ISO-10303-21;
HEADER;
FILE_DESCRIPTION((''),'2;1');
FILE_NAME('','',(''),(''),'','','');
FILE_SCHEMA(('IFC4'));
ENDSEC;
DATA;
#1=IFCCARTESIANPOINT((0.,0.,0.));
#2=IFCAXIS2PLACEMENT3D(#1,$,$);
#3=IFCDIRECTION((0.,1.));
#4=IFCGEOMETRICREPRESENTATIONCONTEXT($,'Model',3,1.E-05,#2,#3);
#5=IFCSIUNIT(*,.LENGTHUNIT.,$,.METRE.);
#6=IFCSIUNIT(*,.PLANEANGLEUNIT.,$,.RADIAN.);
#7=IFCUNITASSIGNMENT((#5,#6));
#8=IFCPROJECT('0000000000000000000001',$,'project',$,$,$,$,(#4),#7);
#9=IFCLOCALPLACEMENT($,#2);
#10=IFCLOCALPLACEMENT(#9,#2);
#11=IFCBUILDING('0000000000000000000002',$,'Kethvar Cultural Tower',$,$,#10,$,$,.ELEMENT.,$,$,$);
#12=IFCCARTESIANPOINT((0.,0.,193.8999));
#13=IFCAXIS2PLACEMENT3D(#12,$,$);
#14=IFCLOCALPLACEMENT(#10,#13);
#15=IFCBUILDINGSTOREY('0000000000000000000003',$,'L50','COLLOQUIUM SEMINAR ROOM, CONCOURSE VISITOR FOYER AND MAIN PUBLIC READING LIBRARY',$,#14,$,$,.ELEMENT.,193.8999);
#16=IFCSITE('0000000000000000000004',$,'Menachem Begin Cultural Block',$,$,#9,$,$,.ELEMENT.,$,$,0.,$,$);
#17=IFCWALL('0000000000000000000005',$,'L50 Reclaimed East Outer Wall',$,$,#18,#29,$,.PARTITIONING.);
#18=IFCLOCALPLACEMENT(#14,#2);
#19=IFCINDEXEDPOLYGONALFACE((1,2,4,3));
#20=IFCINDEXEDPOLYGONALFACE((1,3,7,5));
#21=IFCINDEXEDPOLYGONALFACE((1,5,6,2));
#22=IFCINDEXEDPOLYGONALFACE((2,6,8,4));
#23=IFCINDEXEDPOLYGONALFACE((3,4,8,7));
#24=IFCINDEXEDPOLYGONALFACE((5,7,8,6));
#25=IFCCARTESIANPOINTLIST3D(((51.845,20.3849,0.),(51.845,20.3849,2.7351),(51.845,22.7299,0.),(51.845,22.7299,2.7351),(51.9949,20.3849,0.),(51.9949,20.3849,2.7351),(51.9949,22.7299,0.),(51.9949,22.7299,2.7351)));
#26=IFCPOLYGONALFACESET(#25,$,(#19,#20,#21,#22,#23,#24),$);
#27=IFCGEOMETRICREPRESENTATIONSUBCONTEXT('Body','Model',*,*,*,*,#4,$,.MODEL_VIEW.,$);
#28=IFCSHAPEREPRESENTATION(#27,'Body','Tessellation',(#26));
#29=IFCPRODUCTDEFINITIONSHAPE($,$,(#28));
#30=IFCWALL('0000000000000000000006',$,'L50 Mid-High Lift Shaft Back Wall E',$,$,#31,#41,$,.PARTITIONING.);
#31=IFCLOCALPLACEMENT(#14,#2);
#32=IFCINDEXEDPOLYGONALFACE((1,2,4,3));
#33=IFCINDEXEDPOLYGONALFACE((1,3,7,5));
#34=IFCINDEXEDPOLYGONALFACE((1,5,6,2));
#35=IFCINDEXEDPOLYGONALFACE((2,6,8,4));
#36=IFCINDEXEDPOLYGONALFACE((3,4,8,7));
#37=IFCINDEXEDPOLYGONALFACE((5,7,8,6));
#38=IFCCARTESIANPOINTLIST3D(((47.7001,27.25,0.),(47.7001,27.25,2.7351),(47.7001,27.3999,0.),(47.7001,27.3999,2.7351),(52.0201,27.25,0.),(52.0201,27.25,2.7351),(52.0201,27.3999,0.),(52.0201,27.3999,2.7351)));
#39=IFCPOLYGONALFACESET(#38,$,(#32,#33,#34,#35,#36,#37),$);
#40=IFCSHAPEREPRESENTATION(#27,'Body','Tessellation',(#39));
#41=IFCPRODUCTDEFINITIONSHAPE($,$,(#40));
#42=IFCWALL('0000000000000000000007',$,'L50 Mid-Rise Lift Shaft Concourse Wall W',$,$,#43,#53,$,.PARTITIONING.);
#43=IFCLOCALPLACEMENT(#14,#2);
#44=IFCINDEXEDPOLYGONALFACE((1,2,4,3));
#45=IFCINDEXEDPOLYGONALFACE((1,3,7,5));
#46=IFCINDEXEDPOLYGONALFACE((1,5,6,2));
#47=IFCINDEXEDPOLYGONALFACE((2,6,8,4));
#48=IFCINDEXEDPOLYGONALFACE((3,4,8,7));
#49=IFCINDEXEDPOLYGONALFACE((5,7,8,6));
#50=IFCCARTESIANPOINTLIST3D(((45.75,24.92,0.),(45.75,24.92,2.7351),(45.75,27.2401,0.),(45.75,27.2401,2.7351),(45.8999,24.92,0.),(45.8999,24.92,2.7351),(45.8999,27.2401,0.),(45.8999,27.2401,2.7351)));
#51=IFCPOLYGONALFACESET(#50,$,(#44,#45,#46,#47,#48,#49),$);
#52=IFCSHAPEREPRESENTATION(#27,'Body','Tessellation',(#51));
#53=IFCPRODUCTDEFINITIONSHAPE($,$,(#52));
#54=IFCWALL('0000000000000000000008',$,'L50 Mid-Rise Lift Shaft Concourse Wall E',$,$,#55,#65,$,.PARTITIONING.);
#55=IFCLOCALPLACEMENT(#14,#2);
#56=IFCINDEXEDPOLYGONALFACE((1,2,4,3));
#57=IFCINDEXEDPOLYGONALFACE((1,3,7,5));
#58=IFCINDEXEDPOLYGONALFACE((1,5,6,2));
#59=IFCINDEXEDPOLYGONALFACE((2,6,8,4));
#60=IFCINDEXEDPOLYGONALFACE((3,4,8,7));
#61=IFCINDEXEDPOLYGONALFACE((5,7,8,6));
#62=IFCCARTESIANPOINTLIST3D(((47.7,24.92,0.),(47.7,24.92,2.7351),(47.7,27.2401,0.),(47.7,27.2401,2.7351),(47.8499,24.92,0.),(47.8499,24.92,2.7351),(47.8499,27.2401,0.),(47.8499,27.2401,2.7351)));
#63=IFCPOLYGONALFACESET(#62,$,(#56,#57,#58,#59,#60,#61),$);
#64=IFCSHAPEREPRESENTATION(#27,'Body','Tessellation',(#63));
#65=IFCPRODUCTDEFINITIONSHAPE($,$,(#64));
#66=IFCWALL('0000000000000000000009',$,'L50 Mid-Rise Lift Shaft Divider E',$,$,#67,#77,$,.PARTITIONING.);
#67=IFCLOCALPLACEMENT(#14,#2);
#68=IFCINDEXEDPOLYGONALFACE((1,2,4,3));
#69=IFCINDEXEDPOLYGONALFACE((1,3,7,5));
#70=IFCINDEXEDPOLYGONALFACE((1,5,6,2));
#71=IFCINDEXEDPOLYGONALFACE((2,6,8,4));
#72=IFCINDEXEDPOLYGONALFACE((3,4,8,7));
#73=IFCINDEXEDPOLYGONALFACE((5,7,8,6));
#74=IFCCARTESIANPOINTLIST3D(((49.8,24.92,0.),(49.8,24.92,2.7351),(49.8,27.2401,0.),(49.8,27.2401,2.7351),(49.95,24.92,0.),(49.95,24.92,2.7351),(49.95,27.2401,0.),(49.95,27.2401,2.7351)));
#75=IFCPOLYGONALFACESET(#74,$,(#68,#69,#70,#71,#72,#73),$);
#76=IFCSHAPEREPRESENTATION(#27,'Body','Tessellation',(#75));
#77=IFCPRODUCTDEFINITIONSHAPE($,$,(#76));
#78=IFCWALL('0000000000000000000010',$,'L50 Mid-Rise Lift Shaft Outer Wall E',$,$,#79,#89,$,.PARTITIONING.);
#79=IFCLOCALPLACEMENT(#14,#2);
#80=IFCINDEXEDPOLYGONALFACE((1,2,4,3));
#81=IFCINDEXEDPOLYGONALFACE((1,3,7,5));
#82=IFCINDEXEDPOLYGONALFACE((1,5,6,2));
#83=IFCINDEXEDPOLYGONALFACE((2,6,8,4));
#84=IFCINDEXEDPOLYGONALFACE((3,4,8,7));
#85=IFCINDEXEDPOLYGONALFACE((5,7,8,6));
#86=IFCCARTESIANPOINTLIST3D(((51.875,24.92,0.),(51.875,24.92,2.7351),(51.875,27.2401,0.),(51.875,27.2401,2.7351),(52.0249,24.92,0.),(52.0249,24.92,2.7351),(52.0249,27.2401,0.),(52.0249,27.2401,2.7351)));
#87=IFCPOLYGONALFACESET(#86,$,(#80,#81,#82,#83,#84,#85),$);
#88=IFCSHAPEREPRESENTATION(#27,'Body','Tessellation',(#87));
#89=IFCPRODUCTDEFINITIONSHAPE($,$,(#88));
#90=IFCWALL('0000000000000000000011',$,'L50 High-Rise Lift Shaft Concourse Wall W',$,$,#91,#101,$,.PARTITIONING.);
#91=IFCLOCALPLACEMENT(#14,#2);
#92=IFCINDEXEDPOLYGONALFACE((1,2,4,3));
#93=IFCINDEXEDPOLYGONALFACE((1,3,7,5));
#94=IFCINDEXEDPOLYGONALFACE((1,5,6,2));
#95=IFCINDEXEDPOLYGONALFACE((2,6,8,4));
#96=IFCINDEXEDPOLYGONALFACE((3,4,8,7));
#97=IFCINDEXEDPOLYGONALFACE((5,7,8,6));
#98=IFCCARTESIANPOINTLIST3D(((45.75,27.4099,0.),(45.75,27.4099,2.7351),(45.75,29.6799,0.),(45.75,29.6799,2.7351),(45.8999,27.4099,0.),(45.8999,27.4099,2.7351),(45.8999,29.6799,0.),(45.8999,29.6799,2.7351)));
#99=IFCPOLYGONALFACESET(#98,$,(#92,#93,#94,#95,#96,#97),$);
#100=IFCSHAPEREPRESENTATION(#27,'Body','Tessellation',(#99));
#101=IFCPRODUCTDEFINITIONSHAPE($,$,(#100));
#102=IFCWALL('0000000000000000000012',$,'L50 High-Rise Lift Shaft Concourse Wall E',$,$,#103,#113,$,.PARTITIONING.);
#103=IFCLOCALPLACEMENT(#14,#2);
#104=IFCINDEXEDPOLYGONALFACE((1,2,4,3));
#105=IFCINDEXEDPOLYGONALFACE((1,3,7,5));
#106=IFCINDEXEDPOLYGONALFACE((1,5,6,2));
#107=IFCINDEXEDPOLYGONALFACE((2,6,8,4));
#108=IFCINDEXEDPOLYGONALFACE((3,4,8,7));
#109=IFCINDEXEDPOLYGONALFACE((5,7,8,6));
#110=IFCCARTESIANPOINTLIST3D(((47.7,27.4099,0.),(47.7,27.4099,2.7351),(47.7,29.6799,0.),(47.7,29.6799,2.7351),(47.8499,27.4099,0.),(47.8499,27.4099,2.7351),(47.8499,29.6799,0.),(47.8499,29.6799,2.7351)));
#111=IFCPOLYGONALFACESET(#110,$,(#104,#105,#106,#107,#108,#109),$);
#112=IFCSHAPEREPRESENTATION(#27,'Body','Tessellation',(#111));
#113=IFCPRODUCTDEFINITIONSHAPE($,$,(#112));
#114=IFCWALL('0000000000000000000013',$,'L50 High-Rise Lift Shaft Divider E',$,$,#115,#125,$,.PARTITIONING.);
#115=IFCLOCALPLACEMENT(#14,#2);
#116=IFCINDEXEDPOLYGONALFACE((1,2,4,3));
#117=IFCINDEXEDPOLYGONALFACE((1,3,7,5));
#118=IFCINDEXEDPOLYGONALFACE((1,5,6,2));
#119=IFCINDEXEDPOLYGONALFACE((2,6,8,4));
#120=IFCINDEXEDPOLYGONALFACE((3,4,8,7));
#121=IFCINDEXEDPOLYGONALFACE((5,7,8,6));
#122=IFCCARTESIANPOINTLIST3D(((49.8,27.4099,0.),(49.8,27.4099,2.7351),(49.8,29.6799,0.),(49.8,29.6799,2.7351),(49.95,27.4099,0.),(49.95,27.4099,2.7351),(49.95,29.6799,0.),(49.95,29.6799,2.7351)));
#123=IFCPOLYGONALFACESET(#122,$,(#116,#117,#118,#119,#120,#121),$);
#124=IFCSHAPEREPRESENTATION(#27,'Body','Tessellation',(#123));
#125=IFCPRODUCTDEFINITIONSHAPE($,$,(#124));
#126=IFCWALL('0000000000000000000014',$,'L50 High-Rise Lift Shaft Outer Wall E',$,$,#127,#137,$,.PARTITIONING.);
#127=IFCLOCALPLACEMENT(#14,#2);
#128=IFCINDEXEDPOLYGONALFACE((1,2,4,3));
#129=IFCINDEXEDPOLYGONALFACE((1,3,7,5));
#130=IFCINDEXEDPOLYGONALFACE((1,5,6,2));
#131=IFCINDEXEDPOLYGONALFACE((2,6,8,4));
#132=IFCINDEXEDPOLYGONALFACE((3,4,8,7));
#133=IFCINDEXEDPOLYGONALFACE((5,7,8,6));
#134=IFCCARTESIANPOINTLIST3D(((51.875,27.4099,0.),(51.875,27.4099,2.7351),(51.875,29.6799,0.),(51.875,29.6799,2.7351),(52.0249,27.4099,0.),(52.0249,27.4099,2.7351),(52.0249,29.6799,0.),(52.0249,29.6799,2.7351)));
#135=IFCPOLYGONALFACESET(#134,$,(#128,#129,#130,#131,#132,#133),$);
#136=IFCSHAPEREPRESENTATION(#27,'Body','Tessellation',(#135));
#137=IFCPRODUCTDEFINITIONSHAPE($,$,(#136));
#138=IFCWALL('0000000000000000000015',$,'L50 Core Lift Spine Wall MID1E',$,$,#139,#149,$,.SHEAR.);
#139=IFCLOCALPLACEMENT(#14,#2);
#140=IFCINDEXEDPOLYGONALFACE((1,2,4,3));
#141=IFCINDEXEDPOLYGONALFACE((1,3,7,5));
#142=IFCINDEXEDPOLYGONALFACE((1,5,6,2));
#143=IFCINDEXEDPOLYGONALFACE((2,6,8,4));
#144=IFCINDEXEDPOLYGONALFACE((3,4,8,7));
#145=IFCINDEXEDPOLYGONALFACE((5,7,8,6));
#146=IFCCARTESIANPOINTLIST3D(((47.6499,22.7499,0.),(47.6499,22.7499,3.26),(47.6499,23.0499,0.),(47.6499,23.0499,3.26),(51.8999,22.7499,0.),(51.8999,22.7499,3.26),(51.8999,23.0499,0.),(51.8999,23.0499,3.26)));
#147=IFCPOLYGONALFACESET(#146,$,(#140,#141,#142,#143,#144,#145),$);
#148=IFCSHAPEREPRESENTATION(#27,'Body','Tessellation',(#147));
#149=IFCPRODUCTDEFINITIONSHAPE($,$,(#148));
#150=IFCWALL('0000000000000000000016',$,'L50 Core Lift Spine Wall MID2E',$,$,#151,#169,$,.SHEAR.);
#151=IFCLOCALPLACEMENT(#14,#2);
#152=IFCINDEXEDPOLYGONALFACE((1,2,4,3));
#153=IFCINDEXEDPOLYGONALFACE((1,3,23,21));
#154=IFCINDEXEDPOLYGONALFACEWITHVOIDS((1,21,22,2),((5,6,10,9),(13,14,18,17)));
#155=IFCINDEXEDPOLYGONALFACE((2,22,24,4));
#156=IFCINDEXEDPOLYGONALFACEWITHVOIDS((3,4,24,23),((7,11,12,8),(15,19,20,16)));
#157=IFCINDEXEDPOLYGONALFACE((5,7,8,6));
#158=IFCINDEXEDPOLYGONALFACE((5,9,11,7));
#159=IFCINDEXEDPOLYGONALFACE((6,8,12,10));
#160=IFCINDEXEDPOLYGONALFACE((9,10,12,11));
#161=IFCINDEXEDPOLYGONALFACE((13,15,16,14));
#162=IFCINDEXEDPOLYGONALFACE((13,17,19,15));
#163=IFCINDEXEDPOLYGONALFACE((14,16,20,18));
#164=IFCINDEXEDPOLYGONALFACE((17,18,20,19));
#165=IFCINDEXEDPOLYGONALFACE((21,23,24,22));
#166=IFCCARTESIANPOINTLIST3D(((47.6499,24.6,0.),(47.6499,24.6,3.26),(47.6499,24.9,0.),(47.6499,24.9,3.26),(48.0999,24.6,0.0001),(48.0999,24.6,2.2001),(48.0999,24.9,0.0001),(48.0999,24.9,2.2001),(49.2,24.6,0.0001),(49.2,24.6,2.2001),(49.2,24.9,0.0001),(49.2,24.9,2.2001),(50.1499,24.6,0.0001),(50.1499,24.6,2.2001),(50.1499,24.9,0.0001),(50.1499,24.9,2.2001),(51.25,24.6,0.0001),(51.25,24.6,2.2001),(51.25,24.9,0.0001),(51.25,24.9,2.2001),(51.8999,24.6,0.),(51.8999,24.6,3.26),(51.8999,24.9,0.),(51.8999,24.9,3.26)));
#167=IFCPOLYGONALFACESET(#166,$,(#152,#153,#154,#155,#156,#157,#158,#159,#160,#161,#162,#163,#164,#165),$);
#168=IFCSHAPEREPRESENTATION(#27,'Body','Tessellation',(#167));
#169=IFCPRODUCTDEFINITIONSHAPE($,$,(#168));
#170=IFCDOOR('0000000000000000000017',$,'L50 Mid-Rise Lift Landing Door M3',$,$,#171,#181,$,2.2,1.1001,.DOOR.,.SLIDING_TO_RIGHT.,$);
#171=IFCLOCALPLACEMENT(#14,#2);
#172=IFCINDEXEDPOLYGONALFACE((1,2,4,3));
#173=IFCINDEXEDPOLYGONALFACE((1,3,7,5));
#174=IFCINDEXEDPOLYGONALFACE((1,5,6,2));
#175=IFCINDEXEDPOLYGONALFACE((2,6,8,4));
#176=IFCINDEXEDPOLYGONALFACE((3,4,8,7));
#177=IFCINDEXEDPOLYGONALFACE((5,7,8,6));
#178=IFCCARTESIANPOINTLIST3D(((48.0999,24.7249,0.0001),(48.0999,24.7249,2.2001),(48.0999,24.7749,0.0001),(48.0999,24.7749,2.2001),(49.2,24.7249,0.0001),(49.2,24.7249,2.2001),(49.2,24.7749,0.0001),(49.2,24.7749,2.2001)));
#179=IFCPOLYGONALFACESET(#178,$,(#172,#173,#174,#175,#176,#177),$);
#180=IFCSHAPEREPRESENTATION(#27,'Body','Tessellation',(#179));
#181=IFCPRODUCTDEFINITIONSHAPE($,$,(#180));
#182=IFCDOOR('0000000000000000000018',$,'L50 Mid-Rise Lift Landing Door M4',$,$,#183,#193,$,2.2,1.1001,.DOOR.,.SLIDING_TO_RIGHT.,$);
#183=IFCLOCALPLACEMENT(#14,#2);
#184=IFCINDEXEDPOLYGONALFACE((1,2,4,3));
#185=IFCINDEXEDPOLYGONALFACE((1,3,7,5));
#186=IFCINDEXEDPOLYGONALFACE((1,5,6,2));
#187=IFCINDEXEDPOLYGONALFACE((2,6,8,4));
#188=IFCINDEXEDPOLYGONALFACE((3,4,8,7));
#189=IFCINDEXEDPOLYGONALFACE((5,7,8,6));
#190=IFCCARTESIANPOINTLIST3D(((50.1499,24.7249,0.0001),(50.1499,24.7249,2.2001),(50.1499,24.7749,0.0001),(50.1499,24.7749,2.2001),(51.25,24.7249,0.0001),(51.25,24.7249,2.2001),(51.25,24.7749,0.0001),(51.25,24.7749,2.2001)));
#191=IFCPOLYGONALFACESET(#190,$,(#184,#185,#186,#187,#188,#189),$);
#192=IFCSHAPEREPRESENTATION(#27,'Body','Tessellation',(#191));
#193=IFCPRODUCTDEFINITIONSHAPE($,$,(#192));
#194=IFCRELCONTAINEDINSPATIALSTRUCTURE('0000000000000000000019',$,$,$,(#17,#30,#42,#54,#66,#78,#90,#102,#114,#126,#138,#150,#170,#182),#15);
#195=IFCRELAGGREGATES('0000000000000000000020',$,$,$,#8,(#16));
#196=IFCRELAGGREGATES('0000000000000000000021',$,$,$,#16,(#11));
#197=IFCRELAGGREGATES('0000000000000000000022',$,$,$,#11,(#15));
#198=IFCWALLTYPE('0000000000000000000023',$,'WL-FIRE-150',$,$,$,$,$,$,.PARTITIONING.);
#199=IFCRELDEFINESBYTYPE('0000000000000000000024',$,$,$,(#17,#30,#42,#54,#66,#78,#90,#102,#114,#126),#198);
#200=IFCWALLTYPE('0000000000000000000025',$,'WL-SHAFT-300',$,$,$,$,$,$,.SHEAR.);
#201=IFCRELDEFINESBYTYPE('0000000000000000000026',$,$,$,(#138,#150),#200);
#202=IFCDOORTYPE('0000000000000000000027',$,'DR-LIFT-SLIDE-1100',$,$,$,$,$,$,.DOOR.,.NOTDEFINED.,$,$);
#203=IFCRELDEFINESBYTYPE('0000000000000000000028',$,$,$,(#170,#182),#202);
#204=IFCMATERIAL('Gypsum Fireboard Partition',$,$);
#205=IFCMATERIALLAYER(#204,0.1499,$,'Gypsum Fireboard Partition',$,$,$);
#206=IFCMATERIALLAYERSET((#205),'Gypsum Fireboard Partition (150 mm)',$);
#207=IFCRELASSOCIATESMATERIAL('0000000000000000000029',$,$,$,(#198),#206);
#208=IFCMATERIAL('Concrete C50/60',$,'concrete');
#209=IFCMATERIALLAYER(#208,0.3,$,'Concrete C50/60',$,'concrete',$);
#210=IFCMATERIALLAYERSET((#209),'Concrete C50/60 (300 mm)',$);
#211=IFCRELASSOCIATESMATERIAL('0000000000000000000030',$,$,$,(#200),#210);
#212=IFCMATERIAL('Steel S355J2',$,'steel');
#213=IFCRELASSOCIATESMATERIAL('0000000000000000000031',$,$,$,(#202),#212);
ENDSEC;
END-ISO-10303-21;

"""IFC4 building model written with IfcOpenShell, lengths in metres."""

from ifc_helpers import new_model, si_unit, direction, frame, frame_2d, origin, place, context, subcontext, project, spatial, rectangle, extrude, source, transform, mapped, material, layer, layer_set, type_object, element, fill, save


model = new_model("IFC4")

# Units and contexts
model_context = context("Model", 3, precision=1e-05, world=origin(), true_north=direction((0.0, 1.0)))
body_context = subcontext(model_context, "Body", "Model", "MODEL_VIEW")
ifc_project = project(units=[si_unit("LENGTHUNIT", "METRE"), si_unit("PLANEANGLEUNIT", "RADIAN")], contexts=[model_context])

# Site, building, storey
site_placement = place(None, origin())
site = spatial("IfcSite", under=ifc_project, at=site_placement, Name="Menachem Begin Cultural Block", CompositionType="ELEMENT", RefElevation=0.0)
building_placement = place(site_placement, origin())
building = spatial("IfcBuilding", under=site, at=building_placement, Name="Kethvar Cultural Tower", CompositionType="ELEMENT")
storey_placement = place(building_placement, frame((0.0, 0.0, 193.8999)))
storey = spatial("IfcBuildingStorey", under=building, at=storey_placement, Name="L50", Description="COLLOQUIUM SEMINAR ROOM, CONCOURSE VISITOR FOYER AND MAIN PUBLIC READING LIBRARY", CompositionType="ELEMENT", Elevation=193.8999)

# Shared definitions
ifc_material_1 = material(Name="Steel S355J2", Category="steel")

# Wall
ifc_material_2 = material(Name="Gypsum Fireboard Partition")
ifc_layer_1 = layer(ifc_material_2, 0.1499, Name="Gypsum Fireboard Partition")
ifc_layer_set_1 = layer_set([ifc_layer_1], Name="Gypsum Fireboard Partition (150 mm)")
wall_type_1 = type_object("IfcWallType", Name="WL-FIRE-150", PredefinedType="PARTITIONING", material=ifc_layer_set_1)
wall_1_placement = place(storey_placement, frame((51.9199, 20.385, 0.0), z_axis=(0.0, 0.0, 1.0), x_axis=(0.0, 1.0, 0.0)))
element("IfcWall", 1, at=wall_1_placement, inside=storey, type_object=wall_type_1, Name="L50 Reclaimed East Outer Wall", PredefinedType="PARTITIONING", context=body_context, shape_type="SweptSolid", body=[
    extrude(rectangle(XDim=2.345, YDim=0.1499, at=frame_2d((1.1724, 0.0))), origin(), (0.0, 0.0, 1.0), 2.7351),
])

# Walls
wall_2_placement = place(storey_placement, frame((47.7, 27.325, 0.0), z_axis=(0.0, 0.0, 1.0), x_axis=(1.0, 0.0, 0.0)))
element("IfcWall", 2, at=wall_2_placement, inside=storey, type_object=wall_type_1, Name="L50 Mid-High Lift Shaft Back Wall E", PredefinedType="PARTITIONING", context=body_context, shape_type="SweptSolid", body=[
    extrude(rectangle(XDim=4.3201, YDim=0.1499, at=frame_2d((2.1602, 0.0))), origin(), (0.0, 0.0, 1.0), 2.7351),
])
for number, where, z_axis, x_axis, name in (
    (3, (45.825, 24.9199, 0.0), (0.0, 0.0, 1.0), (0.0, 1.0, 0.0), "L50 Mid-Rise Lift Shaft Concourse Wall W"),
    (4, (47.7749, 24.9199, 0.0), (0.0, 0.0, 1.0), (0.0, 1.0, 0.0), "L50 Mid-Rise Lift Shaft Concourse Wall E"),
    (5, (49.875, 24.9199, 0.0), (0.0, 0.0, 1.0), (0.0, 1.0, 0.0), "L50 Mid-Rise Lift Shaft Divider E"),
    (6, (51.95, 24.9199, 0.0), (0.0, 0.0, 1.0), (0.0, 1.0, 0.0), "L50 Mid-Rise Lift Shaft Outer Wall E"),
):
    element("IfcWall", number, at=place(storey_placement, frame(where, z_axis=z_axis, x_axis=x_axis)), inside=storey, type_object=wall_type_1, Name=name, PredefinedType="PARTITIONING", context=body_context, shape_type="SweptSolid", body=[
        extrude(rectangle(XDim=2.3201, YDim=0.1499, at=frame_2d((1.1602, 0.0))), origin(), (0.0, 0.0, 1.0), 2.7351),
    ])
for number, where, z_axis, x_axis, name in (
    (7, (45.825, 27.4099, 0.0), (0.0, 0.0, 1.0), (0.0, 1.0, 0.0), "L50 High-Rise Lift Shaft Concourse Wall W"),
    (8, (47.7749, 27.4099, 0.0), (0.0, 0.0, 1.0), (0.0, 1.0, 0.0), "L50 High-Rise Lift Shaft Concourse Wall E"),
    (9, (49.875, 27.4099, 0.0), (0.0, 0.0, 1.0), (0.0, 1.0, 0.0), "L50 High-Rise Lift Shaft Divider E"),
    (10, (51.95, 27.4099, 0.0), (0.0, 0.0, 1.0), (0.0, 1.0, 0.0), "L50 High-Rise Lift Shaft Outer Wall E"),
):
    element("IfcWall", number, at=place(storey_placement, frame(where, z_axis=z_axis, x_axis=x_axis)), inside=storey, type_object=wall_type_1, Name=name, PredefinedType="PARTITIONING", context=body_context, shape_type="SweptSolid", body=[
        extrude(rectangle(XDim=2.27, YDim=0.1499, at=frame_2d((1.135, 0.0))), origin(), (0.0, 0.0, 1.0), 2.7351),
    ])
ifc_material_3 = material(Name="Concrete C50/60", Category="concrete")
ifc_layer_2 = layer(ifc_material_3, 0.3, Name="Concrete C50/60", Category="concrete")
ifc_layer_set_2 = layer_set([ifc_layer_2], Name="Concrete C50/60 (300 mm)")
wall_type_2 = type_object("IfcWallType", Name="WL-SHAFT-300", PredefinedType="SHEAR", material=ifc_layer_set_2)
wall_3_placement = place(storey_placement, frame((47.6499, 22.8999, 0.0), z_axis=(0.0, 0.0, 1.0), x_axis=(1.0, 0.0, 0.0)))
element("IfcWall", 11, at=wall_3_placement, inside=storey, type_object=wall_type_2, Name="L50 Core Lift Spine Wall MID1E", PredefinedType="SHEAR", context=body_context, shape_type="SweptSolid", body=[
    extrude(rectangle(XDim=4.25, YDim=0.3, at=frame_2d((2.125, 0.0))), origin(), (0.0, 0.0, 1.0), 3.26),
])

# Wall, openings, doors
wall_4_placement = place(storey_placement, frame((47.6499, 24.75, 0.0), z_axis=(0.0, 0.0, 1.0), x_axis=(1.0, 0.0, 0.0)))
wall_4 = element("IfcWall", 12, at=wall_4_placement, inside=storey, type_object=wall_type_2, Name="L50 Core Lift Spine Wall MID2E", PredefinedType="SHEAR", context=body_context, shape_type="SweptSolid", body=[
    extrude(rectangle(XDim=4.25, YDim=0.3, at=frame_2d((2.125, 0.0))), origin(), (0.0, 0.0, 1.0), 3.26),
])
opening_1_placement = place(wall_4_placement, frame((0.45, 0.0, 0.0)))
opening_1 = element("IfcOpeningElement", 13, at=opening_1_placement, cuts=wall_4, PredefinedType="OPENING", context=body_context, shape_type="SweptSolid", body=[
    extrude(rectangle(XDim=1.1001, YDim=2.2, at=frame_2d((0.55, 1.1001))), frame((0.0, 0.1599, 0.0), z_axis=(0.0, -1.0, 0.0), x_axis=(1.0, 0.0, 0.0)), (0.0, 0.0, 1.0), 0.3201),
])
opening_2_placement = place(wall_4_placement, frame((2.5, 0.0, 0.0)))
opening_2 = element("IfcOpeningElement", 14, at=opening_2_placement, cuts=wall_4, PredefinedType="OPENING", context=body_context, shape_type="SweptSolid", body=[
    extrude(rectangle(XDim=1.1001, YDim=2.2, at=frame_2d((0.55, 1.1001))), frame((0.0, 0.1599, 0.0), z_axis=(0.0, -1.0, 0.0), x_axis=(1.0, 0.0, 0.0)), (0.0, 0.0, 1.0), 0.3201),
])
door_type_1 = type_object("IfcDoorType", Name="DR-LIFT-SLIDE-1100", OperationType="NOTDEFINED", PredefinedType="DOOR", material=ifc_material_1)
shared_shape_1 = source(origin(), body_context, "Body", "SweptSolid", [
    extrude(rectangle(XDim=1.1001, YDim=2.2, at=frame_2d((0.55, 1.1001))), frame((0.0, 0.0249, 0.0), z_axis=(0.0, -1.0, 0.0), x_axis=(1.0, 0.0, 0.0)), (0.0, 0.0, 1.0), 0.05),
])
door_1_placement = place(opening_1_placement, origin())
door_1 = element("IfcDoor", 15, at=door_1_placement, inside=storey, type_object=door_type_1, Name="L50 Mid-Rise Lift Landing Door M3", OperationType="SLIDING_TO_RIGHT", OverallHeight=2.2, OverallWidth=1.1001, PredefinedType="DOOR", context=body_context, shape_type="MappedRepresentation", body=[
    mapped(shared_shape_1, transform((0.0, 0.0, 0.0), scale=1.0)),
])
fill(opening_1, door_1)
door_2_placement = place(opening_2_placement, origin())
door_2 = element("IfcDoor", 16, at=door_2_placement, inside=storey, type_object=door_type_1, Name="L50 Mid-Rise Lift Landing Door M4", OperationType="SLIDING_TO_RIGHT", OverallHeight=2.2, OverallWidth=1.1001, PredefinedType="DOOR", context=body_context, shape_type="MappedRepresentation", body=[
    mapped(shared_shape_1, transform((0.0, 0.0, 0.0), scale=1.0)),
])
fill(opening_2, door_2)

save(model, "model.ifc")
